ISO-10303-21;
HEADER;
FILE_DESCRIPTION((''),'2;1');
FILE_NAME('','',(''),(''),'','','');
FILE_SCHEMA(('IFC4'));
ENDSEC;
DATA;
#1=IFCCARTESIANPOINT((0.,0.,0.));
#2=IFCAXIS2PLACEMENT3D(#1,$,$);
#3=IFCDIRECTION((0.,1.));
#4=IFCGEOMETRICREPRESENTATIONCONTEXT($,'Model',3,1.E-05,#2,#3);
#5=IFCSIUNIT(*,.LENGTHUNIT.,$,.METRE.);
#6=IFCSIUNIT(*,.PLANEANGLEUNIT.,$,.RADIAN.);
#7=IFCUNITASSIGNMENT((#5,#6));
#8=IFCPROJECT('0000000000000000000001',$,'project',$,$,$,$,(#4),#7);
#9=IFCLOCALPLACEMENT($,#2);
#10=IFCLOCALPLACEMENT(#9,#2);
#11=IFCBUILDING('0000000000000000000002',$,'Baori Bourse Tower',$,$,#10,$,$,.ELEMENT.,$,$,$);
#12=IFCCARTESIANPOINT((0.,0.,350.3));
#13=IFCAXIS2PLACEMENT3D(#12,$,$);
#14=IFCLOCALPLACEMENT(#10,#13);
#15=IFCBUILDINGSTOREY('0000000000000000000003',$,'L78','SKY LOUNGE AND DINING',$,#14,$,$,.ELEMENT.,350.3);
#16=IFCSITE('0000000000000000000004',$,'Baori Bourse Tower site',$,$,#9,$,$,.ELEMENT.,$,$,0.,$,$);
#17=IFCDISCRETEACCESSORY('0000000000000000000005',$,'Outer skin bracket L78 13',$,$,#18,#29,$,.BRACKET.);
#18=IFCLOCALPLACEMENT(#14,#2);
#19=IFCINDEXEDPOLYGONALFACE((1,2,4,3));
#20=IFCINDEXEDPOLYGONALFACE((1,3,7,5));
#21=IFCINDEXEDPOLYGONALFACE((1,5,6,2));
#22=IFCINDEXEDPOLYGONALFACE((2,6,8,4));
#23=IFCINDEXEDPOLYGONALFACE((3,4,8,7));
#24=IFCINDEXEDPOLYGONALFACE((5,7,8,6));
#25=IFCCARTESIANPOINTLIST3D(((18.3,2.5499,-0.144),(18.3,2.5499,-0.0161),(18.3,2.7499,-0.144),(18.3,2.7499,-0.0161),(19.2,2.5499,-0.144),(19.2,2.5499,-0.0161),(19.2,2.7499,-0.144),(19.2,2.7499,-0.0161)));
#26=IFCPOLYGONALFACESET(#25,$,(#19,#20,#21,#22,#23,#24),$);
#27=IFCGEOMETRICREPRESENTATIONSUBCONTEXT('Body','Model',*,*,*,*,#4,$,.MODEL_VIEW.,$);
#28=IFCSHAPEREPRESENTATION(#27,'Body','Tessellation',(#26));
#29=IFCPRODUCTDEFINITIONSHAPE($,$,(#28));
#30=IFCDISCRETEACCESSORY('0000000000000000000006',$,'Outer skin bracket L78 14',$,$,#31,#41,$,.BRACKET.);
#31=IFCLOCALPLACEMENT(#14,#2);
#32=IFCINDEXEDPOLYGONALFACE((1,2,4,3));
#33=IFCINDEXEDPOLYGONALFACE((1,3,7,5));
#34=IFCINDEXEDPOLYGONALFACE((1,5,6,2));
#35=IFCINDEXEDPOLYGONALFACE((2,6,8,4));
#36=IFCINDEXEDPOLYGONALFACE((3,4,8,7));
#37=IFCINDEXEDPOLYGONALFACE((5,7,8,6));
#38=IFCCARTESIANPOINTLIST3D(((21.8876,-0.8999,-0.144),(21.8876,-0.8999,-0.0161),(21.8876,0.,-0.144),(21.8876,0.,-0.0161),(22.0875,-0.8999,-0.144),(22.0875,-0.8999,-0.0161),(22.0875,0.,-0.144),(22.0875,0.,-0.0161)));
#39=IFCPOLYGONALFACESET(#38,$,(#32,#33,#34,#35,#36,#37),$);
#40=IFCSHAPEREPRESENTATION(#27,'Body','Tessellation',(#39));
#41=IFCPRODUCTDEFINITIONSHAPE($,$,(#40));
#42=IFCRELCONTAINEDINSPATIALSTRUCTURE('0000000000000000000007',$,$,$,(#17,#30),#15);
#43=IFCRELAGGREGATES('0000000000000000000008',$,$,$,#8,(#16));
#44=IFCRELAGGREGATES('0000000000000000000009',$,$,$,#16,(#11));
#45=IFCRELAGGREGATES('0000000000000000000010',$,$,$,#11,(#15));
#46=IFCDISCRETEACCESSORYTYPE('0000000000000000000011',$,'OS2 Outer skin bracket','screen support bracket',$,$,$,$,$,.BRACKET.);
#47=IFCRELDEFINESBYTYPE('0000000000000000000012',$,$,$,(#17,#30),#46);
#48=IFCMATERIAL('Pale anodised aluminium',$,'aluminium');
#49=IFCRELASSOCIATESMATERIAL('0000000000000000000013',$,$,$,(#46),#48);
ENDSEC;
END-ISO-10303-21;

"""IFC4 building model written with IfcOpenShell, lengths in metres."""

from ifc_helpers import new_model, si_unit, direction, frame, origin, origin_2d, place, context, subcontext, project, spatial, rectangle, extrude, material, type_object, element, save


model = new_model("IFC4")

# Units and contexts
model_context = context("Model", 3, precision=1e-05, world=origin(), true_north=direction((0.0, 1.0)))
body_context = subcontext(model_context, "Body", "Model", "MODEL_VIEW")
ifc_project = project(units=[si_unit("LENGTHUNIT", "METRE"), si_unit("PLANEANGLEUNIT", "RADIAN")], contexts=[model_context])

# Site, building, storey
site_placement = place(None, origin())
site = spatial("IfcSite", under=ifc_project, at=site_placement, Name="Baori Bourse Tower site", CompositionType="ELEMENT", RefElevation=0.0)
building_placement = place(site_placement, origin())
building = spatial("IfcBuilding", under=site, at=building_placement, Name="Baori Bourse Tower", CompositionType="ELEMENT")
storey_placement = place(building_placement, frame((0.0, 0.0, 350.3)))
storey = spatial("IfcBuildingStorey", under=building, at=storey_placement, Name="L78", Description="SKY LOUNGE AND DINING", CompositionType="ELEMENT", Elevation=350.3)

# Discrete accessories
ifc_material_1 = material(Name="Pale anodised aluminium", Category="aluminium")
discrete_accessory_type = type_object("IfcDiscreteAccessoryType", Name="OS2 Outer skin bracket", Description="screen support bracket", PredefinedType="BRACKET", material=ifc_material_1)
for number, where, z_axis, x_axis, name in (
    (1, (18.75, 2.6499, -0.144), (0.0, 0.0, 1.0), (0.0, -1.0, 0.0), "Outer skin bracket L78 13"),
    (2, (21.9875, -0.45, -0.144), (0.0, 0.0, 1.0), (1.0, 0.0, 0.0), "Outer skin bracket L78 14"),
):
    element("IfcDiscreteAccessory", number, at=place(storey_placement, frame(where, z_axis=z_axis, x_axis=x_axis)), inside=storey, type_object=discrete_accessory_type, Name=name, PredefinedType="BRACKET", context=body_context, shape_type="SweptSolid", body=[
        extrude(rectangle(XDim=0.2, YDim=0.8999, at=origin_2d()), origin(), (0.0, 0.0, 1.0), 0.1279),
    ])

save(model, "model.ifc")
